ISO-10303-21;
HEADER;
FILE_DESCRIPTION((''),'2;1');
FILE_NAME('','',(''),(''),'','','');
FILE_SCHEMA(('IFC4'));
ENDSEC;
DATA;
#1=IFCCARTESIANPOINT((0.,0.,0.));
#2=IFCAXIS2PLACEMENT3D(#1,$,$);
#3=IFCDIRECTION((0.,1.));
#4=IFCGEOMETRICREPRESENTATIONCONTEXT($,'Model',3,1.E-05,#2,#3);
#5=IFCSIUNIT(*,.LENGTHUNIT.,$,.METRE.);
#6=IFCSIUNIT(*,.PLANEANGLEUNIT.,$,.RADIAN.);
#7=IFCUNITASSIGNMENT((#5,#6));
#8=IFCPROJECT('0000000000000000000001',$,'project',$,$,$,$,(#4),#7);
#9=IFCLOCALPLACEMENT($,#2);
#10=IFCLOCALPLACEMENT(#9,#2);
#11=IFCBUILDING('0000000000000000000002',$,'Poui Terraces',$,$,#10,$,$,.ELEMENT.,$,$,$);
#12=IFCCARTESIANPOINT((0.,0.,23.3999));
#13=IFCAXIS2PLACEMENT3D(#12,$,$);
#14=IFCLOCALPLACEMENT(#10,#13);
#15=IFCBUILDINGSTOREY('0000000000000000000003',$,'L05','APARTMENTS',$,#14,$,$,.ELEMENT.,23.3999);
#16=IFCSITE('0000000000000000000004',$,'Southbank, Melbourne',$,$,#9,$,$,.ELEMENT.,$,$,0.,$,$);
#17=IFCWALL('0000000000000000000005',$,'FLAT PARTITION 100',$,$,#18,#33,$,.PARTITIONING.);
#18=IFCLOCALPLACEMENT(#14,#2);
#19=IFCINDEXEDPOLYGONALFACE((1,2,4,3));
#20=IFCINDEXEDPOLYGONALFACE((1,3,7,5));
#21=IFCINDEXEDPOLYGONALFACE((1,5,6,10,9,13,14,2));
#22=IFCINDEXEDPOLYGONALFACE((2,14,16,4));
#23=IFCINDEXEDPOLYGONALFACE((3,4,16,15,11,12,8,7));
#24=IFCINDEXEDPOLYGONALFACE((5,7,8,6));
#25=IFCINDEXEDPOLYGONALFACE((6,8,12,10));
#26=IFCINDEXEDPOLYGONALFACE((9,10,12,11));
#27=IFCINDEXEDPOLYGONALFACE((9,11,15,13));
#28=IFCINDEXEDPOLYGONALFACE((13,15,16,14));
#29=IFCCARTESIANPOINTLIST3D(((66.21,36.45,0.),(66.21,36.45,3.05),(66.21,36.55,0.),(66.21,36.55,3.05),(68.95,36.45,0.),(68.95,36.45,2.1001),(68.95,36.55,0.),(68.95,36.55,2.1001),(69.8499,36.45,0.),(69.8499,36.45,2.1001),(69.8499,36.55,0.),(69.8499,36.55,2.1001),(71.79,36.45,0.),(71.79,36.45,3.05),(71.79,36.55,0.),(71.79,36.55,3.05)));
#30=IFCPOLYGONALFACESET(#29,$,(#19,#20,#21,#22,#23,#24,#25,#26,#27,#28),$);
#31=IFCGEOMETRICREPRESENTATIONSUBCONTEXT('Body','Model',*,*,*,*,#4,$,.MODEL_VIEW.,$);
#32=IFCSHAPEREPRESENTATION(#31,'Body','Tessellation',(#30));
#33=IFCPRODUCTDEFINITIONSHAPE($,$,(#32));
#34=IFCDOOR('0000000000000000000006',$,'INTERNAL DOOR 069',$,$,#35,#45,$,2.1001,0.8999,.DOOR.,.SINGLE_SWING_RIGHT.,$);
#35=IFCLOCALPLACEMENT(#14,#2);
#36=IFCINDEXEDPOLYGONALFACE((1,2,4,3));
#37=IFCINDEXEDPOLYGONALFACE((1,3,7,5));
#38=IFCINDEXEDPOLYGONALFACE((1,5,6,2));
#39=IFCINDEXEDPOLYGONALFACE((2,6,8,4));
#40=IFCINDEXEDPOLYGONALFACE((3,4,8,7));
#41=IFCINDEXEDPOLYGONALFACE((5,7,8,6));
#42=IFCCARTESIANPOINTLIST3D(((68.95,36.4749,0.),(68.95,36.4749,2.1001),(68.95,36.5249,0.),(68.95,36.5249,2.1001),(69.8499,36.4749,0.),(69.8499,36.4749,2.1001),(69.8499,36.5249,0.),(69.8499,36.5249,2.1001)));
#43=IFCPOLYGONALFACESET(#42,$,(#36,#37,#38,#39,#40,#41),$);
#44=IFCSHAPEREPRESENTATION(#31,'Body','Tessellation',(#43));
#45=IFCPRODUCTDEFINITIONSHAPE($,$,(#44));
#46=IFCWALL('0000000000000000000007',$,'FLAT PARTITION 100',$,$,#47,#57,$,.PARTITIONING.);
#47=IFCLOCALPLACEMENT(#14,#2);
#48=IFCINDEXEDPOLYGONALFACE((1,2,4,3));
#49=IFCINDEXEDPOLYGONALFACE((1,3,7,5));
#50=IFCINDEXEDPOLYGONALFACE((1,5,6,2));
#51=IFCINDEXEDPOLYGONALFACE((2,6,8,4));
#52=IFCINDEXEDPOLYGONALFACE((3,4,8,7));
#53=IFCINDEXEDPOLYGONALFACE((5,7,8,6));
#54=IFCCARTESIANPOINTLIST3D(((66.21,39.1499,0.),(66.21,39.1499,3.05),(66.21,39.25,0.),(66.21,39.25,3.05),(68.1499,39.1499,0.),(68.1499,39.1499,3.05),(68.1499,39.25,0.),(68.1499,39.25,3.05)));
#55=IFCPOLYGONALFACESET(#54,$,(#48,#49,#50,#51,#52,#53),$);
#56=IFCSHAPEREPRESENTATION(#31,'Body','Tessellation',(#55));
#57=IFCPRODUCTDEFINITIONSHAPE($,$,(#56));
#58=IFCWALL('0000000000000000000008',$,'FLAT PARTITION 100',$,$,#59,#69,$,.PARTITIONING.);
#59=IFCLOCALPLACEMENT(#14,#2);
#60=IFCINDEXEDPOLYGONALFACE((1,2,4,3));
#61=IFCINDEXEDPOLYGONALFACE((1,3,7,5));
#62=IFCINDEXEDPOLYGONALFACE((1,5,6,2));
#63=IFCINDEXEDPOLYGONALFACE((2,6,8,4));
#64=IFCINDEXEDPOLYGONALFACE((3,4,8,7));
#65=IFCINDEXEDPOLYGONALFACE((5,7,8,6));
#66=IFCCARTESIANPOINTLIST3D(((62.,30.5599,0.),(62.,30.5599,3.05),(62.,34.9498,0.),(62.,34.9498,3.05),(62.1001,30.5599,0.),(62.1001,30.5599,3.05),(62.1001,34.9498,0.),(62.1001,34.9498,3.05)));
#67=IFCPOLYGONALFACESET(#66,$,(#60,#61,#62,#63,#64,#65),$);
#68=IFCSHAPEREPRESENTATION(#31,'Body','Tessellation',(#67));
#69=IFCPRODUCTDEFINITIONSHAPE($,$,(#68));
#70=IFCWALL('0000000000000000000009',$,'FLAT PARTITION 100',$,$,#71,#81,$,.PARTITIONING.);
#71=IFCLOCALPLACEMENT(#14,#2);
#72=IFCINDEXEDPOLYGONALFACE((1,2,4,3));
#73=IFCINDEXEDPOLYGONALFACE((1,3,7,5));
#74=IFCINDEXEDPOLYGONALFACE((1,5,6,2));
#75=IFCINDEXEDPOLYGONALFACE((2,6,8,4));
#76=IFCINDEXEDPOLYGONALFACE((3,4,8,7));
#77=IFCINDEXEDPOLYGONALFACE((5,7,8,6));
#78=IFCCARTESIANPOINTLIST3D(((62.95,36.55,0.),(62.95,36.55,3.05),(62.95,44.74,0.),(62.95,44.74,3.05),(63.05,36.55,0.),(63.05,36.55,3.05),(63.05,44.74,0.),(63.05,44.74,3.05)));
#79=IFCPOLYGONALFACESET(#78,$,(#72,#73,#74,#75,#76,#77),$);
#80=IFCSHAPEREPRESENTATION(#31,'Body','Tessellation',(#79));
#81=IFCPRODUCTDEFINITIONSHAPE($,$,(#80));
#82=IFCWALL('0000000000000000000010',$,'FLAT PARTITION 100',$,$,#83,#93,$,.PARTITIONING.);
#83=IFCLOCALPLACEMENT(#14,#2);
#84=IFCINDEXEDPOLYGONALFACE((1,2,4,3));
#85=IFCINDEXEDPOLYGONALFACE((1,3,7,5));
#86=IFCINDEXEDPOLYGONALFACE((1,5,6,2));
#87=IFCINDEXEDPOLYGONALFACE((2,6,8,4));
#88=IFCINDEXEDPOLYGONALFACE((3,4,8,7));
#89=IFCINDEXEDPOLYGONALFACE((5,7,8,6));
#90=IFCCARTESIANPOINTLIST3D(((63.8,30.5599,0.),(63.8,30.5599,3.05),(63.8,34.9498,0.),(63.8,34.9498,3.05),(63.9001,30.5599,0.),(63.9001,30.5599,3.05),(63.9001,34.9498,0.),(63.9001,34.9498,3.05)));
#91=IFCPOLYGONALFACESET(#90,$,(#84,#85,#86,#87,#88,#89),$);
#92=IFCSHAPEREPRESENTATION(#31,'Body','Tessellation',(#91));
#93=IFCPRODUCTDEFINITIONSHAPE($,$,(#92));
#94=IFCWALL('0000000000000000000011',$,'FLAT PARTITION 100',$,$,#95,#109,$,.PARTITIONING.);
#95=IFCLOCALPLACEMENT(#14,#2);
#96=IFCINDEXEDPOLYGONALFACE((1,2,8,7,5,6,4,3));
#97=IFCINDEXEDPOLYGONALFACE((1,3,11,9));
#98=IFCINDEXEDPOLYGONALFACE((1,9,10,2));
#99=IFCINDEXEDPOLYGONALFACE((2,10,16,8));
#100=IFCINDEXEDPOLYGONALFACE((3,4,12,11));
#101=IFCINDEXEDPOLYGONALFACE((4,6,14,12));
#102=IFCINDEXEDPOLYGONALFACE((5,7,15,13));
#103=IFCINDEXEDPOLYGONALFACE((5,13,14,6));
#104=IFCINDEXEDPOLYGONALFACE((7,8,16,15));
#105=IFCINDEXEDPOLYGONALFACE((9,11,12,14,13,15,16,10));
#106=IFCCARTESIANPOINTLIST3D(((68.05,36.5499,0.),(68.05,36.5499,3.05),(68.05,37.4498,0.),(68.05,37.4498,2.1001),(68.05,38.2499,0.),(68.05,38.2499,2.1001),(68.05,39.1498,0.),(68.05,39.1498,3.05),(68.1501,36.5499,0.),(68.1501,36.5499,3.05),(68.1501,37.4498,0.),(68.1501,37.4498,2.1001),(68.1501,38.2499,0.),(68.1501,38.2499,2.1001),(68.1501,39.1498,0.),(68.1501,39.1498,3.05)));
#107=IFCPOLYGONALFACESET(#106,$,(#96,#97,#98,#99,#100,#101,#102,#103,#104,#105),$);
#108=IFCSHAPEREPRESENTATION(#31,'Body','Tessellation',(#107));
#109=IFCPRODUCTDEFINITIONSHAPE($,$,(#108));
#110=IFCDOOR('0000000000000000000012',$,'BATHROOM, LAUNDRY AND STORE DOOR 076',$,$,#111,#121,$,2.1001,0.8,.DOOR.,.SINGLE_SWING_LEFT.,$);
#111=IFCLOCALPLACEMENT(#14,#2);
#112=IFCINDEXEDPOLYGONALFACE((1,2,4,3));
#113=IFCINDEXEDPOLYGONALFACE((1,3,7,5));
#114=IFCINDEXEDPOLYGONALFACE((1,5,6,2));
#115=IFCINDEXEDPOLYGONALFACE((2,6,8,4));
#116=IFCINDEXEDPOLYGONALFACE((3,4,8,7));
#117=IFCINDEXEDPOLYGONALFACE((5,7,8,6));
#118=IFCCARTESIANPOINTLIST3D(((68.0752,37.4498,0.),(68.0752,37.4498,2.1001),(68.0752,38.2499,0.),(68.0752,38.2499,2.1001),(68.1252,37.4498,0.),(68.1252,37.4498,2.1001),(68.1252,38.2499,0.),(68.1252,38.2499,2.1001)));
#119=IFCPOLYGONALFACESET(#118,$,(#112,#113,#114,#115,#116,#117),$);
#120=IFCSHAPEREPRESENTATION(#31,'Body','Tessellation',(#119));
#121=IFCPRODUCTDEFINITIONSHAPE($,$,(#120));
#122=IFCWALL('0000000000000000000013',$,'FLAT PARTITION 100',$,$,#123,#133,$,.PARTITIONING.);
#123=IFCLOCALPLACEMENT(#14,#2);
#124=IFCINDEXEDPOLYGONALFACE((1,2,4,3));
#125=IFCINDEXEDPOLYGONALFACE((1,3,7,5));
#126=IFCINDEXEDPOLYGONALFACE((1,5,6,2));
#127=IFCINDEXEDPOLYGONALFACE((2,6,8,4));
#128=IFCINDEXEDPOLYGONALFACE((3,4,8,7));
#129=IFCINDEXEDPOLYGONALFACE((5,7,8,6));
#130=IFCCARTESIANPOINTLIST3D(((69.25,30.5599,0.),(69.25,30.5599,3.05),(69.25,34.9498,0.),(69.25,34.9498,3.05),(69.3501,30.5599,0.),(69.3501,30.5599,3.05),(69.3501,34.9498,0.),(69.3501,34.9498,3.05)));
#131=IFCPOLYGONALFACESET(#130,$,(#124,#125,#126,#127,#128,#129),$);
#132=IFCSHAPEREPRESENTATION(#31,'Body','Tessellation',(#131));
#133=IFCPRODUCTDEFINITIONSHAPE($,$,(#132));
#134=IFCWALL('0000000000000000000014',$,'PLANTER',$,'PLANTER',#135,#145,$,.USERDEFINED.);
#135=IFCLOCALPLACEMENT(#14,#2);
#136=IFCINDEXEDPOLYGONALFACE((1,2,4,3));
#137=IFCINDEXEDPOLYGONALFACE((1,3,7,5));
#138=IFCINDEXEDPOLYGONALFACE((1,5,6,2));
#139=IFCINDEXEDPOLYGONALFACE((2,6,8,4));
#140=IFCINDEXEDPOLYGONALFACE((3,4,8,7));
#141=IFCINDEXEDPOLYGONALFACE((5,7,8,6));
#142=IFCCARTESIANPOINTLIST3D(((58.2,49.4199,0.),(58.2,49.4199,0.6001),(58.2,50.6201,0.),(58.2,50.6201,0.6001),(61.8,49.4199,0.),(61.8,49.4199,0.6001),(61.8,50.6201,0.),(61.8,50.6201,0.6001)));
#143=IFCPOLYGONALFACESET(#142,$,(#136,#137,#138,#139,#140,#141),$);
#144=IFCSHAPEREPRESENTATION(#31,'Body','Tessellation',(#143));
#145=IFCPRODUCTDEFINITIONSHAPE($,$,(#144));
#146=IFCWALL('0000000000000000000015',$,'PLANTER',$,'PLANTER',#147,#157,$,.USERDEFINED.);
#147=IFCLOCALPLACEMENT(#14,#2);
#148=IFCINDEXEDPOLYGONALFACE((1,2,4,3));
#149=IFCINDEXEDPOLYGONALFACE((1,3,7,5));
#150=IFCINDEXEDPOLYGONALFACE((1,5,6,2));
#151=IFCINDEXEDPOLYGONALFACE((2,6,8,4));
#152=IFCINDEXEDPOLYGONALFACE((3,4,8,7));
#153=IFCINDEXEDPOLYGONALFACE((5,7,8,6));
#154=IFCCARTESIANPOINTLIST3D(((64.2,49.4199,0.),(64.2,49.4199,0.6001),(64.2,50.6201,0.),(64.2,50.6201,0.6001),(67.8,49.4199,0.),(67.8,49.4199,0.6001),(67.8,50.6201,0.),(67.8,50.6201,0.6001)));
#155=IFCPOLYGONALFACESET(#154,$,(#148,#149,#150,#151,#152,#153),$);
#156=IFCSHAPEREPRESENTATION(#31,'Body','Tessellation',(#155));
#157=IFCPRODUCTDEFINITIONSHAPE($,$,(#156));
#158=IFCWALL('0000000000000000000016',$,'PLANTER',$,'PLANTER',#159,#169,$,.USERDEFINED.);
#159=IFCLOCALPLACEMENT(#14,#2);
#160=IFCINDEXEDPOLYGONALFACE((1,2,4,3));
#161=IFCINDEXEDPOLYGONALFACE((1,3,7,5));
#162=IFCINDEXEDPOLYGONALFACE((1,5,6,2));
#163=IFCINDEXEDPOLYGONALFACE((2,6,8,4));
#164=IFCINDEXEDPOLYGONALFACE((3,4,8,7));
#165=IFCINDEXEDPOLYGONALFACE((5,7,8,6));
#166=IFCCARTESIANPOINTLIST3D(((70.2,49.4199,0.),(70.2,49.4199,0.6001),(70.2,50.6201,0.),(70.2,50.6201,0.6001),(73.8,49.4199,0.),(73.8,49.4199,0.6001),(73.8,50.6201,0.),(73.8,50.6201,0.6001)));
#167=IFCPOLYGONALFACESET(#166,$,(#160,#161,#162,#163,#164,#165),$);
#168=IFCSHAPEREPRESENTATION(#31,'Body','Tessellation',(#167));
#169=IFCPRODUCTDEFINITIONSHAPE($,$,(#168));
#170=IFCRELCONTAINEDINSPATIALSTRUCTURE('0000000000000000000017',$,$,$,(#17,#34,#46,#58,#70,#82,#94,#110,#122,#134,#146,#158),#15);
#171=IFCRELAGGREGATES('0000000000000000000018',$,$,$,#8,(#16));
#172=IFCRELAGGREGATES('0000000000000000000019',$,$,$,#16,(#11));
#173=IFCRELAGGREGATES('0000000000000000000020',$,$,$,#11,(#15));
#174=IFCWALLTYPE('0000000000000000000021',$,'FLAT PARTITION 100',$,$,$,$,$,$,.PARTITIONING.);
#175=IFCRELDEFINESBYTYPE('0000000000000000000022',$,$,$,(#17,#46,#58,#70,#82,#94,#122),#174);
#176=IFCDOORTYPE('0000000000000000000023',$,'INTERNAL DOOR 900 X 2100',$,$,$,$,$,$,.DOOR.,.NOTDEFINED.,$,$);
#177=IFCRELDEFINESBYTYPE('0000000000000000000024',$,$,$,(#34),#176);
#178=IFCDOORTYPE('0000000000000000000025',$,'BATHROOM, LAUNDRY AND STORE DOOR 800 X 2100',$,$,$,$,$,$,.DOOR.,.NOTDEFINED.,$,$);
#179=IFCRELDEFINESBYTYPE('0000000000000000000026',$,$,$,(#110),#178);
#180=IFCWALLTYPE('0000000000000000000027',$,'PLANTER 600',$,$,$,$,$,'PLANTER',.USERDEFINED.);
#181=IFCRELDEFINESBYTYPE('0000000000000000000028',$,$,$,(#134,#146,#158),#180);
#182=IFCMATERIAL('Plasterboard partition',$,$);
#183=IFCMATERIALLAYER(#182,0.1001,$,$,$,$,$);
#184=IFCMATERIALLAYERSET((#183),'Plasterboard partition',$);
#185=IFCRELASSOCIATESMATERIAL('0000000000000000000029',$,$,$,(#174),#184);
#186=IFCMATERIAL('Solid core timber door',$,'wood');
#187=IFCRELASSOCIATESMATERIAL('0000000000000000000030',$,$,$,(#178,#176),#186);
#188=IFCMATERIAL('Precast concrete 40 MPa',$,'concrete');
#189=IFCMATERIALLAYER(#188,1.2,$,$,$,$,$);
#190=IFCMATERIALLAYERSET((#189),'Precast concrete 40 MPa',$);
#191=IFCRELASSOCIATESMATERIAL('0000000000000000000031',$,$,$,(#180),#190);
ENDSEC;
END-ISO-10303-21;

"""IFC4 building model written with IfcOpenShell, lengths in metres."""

from ifc_helpers import new_model, si_unit, direction, frame, frame_2d, origin, place, context, subcontext, project, spatial, polyline, rectangle, outline, extrude, source, transform, mapped, material, layer, layer_set, type_object, element, fill, save


model = new_model("IFC4")

# Units and contexts
model_context = context("Model", 3, precision=1e-05, world=origin(), true_north=direction((0.0, 1.0)))
body_context = subcontext(model_context, "Body", "Model", "MODEL_VIEW")
ifc_project = project(units=[si_unit("LENGTHUNIT", "METRE"), si_unit("PLANEANGLEUNIT", "RADIAN")], contexts=[model_context])

# Site, building, storey
site_placement = place(None, origin())
site = spatial("IfcSite", under=ifc_project, at=site_placement, Name="Southbank, Melbourne", CompositionType="ELEMENT", RefElevation=0.0)
building_placement = place(site_placement, origin())
building = spatial("IfcBuilding", under=site, at=building_placement, Name="Poui Terraces", CompositionType="ELEMENT")
storey_placement = place(building_placement, frame((0.0, 0.0, 23.3999)))
storey = spatial("IfcBuildingStorey", under=building, at=storey_placement, Name="L05", Description="APARTMENTS", CompositionType="ELEMENT", Elevation=23.3999)

# Shared definitions
ifc_material_1 = material(Name="Plasterboard partition")
ifc_layer_1 = layer(ifc_material_1, 0.1001)
ifc_layer_set_1 = layer_set([ifc_layer_1], Name="Plasterboard partition")
wall_type_1 = type_object("IfcWallType", Name="FLAT PARTITION 100", PredefinedType="PARTITIONING", material=ifc_layer_set_1)
ifc_material_2 = material(Name="Solid core timber door", Category="wood")
door_type_1 = type_object("IfcDoorType", Name="BATHROOM, LAUNDRY AND STORE DOOR 800 X 2100", OperationType="NOTDEFINED", PredefinedType="DOOR", material=ifc_material_2)
door_type_2 = type_object("IfcDoorType", Name="INTERNAL DOOR 900 X 2100", OperationType="NOTDEFINED", PredefinedType="DOOR", material=ifc_material_2)

# Wall, opening, door
wall_1_placement = place(storey_placement, frame((66.21, 36.5, 0.0), z_axis=(0.0, 0.0, 1.0), x_axis=(1.0, 0.0, 0.0)))
wall_1 = element("IfcWall", 1, at=wall_1_placement, inside=storey, type_object=wall_type_1, Name="FLAT PARTITION 100", PredefinedType="PARTITIONING", context=body_context, shape_type="SweptSolid", body=[
    extrude(rectangle(XDim=5.5801, YDim=0.1001, at=frame_2d((2.79, 0.0))), origin(), (0.0, 0.0, 1.0), 3.05),
])
opening_1_placement = place(wall_1_placement, frame((2.74, 0.0, 0.0)))
opening_1 = element("IfcOpeningElement", 2, at=opening_1_placement, cuts=wall_1, PredefinedType="OPENING", context=body_context, shape_type="SweptSolid", body=[
    extrude(rectangle(XDim=0.8999, YDim=2.1001, at=frame_2d((0.45, 1.05))), frame((0.0, 0.0601, 0.0), z_axis=(0.0, -1.0, 0.0), x_axis=(1.0, 0.0, 0.0)), (0.0, 0.0, 1.0), 0.1201),
])
door_1_placement = place(opening_1_placement, origin())
door_1 = element("IfcDoor", 3, at=door_1_placement, inside=storey, type_object=door_type_2, Name="INTERNAL DOOR 069", OperationType="SINGLE_SWING_RIGHT", OverallHeight=2.1001, OverallWidth=0.8999, PredefinedType="DOOR", context=body_context, shape_type="SweptSolid", body=[
    extrude(rectangle(XDim=0.8999, YDim=2.1001, at=frame_2d((0.45, 1.05))), frame((0.0, 0.0249, 0.0), z_axis=(0.0, -1.0, 0.0), x_axis=(1.0, 0.0, 0.0)), (0.0, 0.0, 1.0), 0.05),
])
fill(opening_1, door_1)

# Walls
wall_2_placement = place(storey_placement, frame((66.21, 39.2, 0.0), z_axis=(0.0, 0.0, 1.0), x_axis=(1.0, 0.0, 0.0)))
element("IfcWall", 4, at=wall_2_placement, inside=storey, type_object=wall_type_1, Name="FLAT PARTITION 100", PredefinedType="PARTITIONING", context=body_context, shape_type="SweptSolid", body=[
    extrude(rectangle(XDim=1.9399, YDim=0.1001, at=frame_2d((0.97, 0.0))), origin(), (0.0, 0.0, 1.0), 3.05),
])
wall_3_placement = place(storey_placement, frame((62.05, 30.5601, 0.0), z_axis=(0.0, 0.0, 1.0), x_axis=(0.0, 1.0, 0.0)))
element("IfcWall", 5, at=wall_3_placement, inside=storey, type_object=wall_type_1, Name="FLAT PARTITION 100", PredefinedType="PARTITIONING", context=body_context, shape_type="SweptSolid", body=[
    extrude(rectangle(XDim=4.3899, YDim=0.1001, at=frame_2d((2.1948, 0.0))), origin(), (0.0, 0.0, 1.0), 3.05),
])
wall_4_placement = place(storey_placement, frame((63.0, 36.55, 0.0), z_axis=(0.0, 0.0, 1.0), x_axis=(0.0, 1.0, 0.0)))
element("IfcWall", 6, at=wall_4_placement, inside=storey, type_object=wall_type_1, Name="FLAT PARTITION 100", PredefinedType="PARTITIONING", context=body_context, shape_type="SweptSolid", body=[
    extrude(rectangle(XDim=8.1899, YDim=0.1001, at=frame_2d((4.095, 0.0))), origin(), (0.0, 0.0, 1.0), 3.05),
])
wall_5_placement = place(storey_placement, frame((63.8501, 30.5601, 0.0), z_axis=(0.0, 0.0, 1.0), x_axis=(0.0, 1.0, 0.0)))
element("IfcWall", 7, at=wall_5_placement, inside=storey, type_object=wall_type_1, Name="FLAT PARTITION 100", PredefinedType="PARTITIONING", context=body_context, shape_type="SweptSolid", body=[
    extrude(rectangle(XDim=4.3899, YDim=0.1001, at=frame_2d((2.1948, 0.0))), origin(), (0.0, 0.0, 1.0), 3.05),
])

# Wall, opening, door
wall_6_placement = place(storey_placement, frame((68.1001, 36.55, 0.0), z_axis=(0.0, 0.0, 1.0), x_axis=(0.0, 1.0, 0.0)))
wall_6 = element("IfcWall", 8, at=wall_6_placement, inside=storey, type_object=wall_type_1, Name="FLAT PARTITION 100", PredefinedType="PARTITIONING", context=body_context, shape_type="SweptSolid", body=[
    extrude(rectangle(XDim=2.5999, YDim=0.1001, at=frame_2d((1.2998, 0.0))), origin(), (0.0, 0.0, 1.0), 3.05),
])
opening_2_placement = place(wall_6_placement, frame((0.8999, 0.0, 0.0)))
opening_2 = element("IfcOpeningElement", 9, at=opening_2_placement, cuts=wall_6, PredefinedType="OPENING", context=body_context, shape_type="SweptSolid", body=[
    extrude(rectangle(XDim=0.8, YDim=2.1001, at=frame_2d((0.3999, 1.05))), frame((0.0, 0.0601, 0.0), z_axis=(0.0, -1.0, 0.0), x_axis=(1.0, 0.0, 0.0)), (0.0, 0.0, 1.0), 0.1201),
])
door_2_placement = place(opening_2_placement, origin())
door_2 = element("IfcDoor", 10, at=door_2_placement, inside=storey, type_object=door_type_1, Name="BATHROOM, LAUNDRY AND STORE DOOR 076", OperationType="SINGLE_SWING_LEFT", OverallHeight=2.1001, OverallWidth=0.8, PredefinedType="DOOR", context=body_context, shape_type="SweptSolid", body=[
    extrude(rectangle(XDim=0.8, YDim=2.1001, at=frame_2d((0.3999, 1.05))), frame((0.0, 0.0249, 0.0), z_axis=(0.0, -1.0, 0.0), x_axis=(1.0, 0.0, 0.0)), (0.0, 0.0, 1.0), 0.05),
])
fill(opening_2, door_2)

# Walls
wall_7_placement = place(storey_placement, frame((69.3, 30.5601, 0.0), z_axis=(0.0, 0.0, 1.0), x_axis=(0.0, 1.0, 0.0)))
element("IfcWall", 11, at=wall_7_placement, inside=storey, type_object=wall_type_1, Name="FLAT PARTITION 100", PredefinedType="PARTITIONING", context=body_context, shape_type="SweptSolid", body=[
    extrude(rectangle(XDim=4.3899, YDim=0.1001, at=frame_2d((2.1948, 0.0))), origin(), (0.0, 0.0, 1.0), 3.05),
])
ifc_material_3 = material(Name="Precast concrete 40 MPa", Category="concrete")
ifc_layer_2 = layer(ifc_material_3, 1.2)
ifc_layer_set_2 = layer_set([ifc_layer_2], Name="Precast concrete 40 MPa")
wall_type_2 = type_object("IfcWallType", Name="PLANTER 600", ElementType="PLANTER", PredefinedType="USERDEFINED", material=ifc_layer_set_2)
shared_shape = source(origin(), body_context, "Body", "SweptSolid", [
    extrude(outline(polyline([(0.0, 0.0), (3.6001, 0.0), (3.6001, 1.2002), (0.0, 1.2002), (0.0, 0.0)])), origin(), (0.0, 0.0, 1.0), 0.6001),
])
for number, where, name in (
    (12, (58.2, 49.4199, 0.0), "PLANTER"),
    (13, (64.2, 49.4199, 0.0), "PLANTER"),
    (14, (70.2, 49.4199, 0.0), "PLANTER"),
):
    element("IfcWall", number, at=place(storey_placement, frame(where)), inside=storey, type_object=wall_type_2, Name=name, ObjectType="PLANTER", PredefinedType="USERDEFINED", context=body_context, shape_type="MappedRepresentation", body=[
        mapped(shared_shape, transform((0.0, 0.0, 0.0))),
    ])

save(model, "model.ifc")
